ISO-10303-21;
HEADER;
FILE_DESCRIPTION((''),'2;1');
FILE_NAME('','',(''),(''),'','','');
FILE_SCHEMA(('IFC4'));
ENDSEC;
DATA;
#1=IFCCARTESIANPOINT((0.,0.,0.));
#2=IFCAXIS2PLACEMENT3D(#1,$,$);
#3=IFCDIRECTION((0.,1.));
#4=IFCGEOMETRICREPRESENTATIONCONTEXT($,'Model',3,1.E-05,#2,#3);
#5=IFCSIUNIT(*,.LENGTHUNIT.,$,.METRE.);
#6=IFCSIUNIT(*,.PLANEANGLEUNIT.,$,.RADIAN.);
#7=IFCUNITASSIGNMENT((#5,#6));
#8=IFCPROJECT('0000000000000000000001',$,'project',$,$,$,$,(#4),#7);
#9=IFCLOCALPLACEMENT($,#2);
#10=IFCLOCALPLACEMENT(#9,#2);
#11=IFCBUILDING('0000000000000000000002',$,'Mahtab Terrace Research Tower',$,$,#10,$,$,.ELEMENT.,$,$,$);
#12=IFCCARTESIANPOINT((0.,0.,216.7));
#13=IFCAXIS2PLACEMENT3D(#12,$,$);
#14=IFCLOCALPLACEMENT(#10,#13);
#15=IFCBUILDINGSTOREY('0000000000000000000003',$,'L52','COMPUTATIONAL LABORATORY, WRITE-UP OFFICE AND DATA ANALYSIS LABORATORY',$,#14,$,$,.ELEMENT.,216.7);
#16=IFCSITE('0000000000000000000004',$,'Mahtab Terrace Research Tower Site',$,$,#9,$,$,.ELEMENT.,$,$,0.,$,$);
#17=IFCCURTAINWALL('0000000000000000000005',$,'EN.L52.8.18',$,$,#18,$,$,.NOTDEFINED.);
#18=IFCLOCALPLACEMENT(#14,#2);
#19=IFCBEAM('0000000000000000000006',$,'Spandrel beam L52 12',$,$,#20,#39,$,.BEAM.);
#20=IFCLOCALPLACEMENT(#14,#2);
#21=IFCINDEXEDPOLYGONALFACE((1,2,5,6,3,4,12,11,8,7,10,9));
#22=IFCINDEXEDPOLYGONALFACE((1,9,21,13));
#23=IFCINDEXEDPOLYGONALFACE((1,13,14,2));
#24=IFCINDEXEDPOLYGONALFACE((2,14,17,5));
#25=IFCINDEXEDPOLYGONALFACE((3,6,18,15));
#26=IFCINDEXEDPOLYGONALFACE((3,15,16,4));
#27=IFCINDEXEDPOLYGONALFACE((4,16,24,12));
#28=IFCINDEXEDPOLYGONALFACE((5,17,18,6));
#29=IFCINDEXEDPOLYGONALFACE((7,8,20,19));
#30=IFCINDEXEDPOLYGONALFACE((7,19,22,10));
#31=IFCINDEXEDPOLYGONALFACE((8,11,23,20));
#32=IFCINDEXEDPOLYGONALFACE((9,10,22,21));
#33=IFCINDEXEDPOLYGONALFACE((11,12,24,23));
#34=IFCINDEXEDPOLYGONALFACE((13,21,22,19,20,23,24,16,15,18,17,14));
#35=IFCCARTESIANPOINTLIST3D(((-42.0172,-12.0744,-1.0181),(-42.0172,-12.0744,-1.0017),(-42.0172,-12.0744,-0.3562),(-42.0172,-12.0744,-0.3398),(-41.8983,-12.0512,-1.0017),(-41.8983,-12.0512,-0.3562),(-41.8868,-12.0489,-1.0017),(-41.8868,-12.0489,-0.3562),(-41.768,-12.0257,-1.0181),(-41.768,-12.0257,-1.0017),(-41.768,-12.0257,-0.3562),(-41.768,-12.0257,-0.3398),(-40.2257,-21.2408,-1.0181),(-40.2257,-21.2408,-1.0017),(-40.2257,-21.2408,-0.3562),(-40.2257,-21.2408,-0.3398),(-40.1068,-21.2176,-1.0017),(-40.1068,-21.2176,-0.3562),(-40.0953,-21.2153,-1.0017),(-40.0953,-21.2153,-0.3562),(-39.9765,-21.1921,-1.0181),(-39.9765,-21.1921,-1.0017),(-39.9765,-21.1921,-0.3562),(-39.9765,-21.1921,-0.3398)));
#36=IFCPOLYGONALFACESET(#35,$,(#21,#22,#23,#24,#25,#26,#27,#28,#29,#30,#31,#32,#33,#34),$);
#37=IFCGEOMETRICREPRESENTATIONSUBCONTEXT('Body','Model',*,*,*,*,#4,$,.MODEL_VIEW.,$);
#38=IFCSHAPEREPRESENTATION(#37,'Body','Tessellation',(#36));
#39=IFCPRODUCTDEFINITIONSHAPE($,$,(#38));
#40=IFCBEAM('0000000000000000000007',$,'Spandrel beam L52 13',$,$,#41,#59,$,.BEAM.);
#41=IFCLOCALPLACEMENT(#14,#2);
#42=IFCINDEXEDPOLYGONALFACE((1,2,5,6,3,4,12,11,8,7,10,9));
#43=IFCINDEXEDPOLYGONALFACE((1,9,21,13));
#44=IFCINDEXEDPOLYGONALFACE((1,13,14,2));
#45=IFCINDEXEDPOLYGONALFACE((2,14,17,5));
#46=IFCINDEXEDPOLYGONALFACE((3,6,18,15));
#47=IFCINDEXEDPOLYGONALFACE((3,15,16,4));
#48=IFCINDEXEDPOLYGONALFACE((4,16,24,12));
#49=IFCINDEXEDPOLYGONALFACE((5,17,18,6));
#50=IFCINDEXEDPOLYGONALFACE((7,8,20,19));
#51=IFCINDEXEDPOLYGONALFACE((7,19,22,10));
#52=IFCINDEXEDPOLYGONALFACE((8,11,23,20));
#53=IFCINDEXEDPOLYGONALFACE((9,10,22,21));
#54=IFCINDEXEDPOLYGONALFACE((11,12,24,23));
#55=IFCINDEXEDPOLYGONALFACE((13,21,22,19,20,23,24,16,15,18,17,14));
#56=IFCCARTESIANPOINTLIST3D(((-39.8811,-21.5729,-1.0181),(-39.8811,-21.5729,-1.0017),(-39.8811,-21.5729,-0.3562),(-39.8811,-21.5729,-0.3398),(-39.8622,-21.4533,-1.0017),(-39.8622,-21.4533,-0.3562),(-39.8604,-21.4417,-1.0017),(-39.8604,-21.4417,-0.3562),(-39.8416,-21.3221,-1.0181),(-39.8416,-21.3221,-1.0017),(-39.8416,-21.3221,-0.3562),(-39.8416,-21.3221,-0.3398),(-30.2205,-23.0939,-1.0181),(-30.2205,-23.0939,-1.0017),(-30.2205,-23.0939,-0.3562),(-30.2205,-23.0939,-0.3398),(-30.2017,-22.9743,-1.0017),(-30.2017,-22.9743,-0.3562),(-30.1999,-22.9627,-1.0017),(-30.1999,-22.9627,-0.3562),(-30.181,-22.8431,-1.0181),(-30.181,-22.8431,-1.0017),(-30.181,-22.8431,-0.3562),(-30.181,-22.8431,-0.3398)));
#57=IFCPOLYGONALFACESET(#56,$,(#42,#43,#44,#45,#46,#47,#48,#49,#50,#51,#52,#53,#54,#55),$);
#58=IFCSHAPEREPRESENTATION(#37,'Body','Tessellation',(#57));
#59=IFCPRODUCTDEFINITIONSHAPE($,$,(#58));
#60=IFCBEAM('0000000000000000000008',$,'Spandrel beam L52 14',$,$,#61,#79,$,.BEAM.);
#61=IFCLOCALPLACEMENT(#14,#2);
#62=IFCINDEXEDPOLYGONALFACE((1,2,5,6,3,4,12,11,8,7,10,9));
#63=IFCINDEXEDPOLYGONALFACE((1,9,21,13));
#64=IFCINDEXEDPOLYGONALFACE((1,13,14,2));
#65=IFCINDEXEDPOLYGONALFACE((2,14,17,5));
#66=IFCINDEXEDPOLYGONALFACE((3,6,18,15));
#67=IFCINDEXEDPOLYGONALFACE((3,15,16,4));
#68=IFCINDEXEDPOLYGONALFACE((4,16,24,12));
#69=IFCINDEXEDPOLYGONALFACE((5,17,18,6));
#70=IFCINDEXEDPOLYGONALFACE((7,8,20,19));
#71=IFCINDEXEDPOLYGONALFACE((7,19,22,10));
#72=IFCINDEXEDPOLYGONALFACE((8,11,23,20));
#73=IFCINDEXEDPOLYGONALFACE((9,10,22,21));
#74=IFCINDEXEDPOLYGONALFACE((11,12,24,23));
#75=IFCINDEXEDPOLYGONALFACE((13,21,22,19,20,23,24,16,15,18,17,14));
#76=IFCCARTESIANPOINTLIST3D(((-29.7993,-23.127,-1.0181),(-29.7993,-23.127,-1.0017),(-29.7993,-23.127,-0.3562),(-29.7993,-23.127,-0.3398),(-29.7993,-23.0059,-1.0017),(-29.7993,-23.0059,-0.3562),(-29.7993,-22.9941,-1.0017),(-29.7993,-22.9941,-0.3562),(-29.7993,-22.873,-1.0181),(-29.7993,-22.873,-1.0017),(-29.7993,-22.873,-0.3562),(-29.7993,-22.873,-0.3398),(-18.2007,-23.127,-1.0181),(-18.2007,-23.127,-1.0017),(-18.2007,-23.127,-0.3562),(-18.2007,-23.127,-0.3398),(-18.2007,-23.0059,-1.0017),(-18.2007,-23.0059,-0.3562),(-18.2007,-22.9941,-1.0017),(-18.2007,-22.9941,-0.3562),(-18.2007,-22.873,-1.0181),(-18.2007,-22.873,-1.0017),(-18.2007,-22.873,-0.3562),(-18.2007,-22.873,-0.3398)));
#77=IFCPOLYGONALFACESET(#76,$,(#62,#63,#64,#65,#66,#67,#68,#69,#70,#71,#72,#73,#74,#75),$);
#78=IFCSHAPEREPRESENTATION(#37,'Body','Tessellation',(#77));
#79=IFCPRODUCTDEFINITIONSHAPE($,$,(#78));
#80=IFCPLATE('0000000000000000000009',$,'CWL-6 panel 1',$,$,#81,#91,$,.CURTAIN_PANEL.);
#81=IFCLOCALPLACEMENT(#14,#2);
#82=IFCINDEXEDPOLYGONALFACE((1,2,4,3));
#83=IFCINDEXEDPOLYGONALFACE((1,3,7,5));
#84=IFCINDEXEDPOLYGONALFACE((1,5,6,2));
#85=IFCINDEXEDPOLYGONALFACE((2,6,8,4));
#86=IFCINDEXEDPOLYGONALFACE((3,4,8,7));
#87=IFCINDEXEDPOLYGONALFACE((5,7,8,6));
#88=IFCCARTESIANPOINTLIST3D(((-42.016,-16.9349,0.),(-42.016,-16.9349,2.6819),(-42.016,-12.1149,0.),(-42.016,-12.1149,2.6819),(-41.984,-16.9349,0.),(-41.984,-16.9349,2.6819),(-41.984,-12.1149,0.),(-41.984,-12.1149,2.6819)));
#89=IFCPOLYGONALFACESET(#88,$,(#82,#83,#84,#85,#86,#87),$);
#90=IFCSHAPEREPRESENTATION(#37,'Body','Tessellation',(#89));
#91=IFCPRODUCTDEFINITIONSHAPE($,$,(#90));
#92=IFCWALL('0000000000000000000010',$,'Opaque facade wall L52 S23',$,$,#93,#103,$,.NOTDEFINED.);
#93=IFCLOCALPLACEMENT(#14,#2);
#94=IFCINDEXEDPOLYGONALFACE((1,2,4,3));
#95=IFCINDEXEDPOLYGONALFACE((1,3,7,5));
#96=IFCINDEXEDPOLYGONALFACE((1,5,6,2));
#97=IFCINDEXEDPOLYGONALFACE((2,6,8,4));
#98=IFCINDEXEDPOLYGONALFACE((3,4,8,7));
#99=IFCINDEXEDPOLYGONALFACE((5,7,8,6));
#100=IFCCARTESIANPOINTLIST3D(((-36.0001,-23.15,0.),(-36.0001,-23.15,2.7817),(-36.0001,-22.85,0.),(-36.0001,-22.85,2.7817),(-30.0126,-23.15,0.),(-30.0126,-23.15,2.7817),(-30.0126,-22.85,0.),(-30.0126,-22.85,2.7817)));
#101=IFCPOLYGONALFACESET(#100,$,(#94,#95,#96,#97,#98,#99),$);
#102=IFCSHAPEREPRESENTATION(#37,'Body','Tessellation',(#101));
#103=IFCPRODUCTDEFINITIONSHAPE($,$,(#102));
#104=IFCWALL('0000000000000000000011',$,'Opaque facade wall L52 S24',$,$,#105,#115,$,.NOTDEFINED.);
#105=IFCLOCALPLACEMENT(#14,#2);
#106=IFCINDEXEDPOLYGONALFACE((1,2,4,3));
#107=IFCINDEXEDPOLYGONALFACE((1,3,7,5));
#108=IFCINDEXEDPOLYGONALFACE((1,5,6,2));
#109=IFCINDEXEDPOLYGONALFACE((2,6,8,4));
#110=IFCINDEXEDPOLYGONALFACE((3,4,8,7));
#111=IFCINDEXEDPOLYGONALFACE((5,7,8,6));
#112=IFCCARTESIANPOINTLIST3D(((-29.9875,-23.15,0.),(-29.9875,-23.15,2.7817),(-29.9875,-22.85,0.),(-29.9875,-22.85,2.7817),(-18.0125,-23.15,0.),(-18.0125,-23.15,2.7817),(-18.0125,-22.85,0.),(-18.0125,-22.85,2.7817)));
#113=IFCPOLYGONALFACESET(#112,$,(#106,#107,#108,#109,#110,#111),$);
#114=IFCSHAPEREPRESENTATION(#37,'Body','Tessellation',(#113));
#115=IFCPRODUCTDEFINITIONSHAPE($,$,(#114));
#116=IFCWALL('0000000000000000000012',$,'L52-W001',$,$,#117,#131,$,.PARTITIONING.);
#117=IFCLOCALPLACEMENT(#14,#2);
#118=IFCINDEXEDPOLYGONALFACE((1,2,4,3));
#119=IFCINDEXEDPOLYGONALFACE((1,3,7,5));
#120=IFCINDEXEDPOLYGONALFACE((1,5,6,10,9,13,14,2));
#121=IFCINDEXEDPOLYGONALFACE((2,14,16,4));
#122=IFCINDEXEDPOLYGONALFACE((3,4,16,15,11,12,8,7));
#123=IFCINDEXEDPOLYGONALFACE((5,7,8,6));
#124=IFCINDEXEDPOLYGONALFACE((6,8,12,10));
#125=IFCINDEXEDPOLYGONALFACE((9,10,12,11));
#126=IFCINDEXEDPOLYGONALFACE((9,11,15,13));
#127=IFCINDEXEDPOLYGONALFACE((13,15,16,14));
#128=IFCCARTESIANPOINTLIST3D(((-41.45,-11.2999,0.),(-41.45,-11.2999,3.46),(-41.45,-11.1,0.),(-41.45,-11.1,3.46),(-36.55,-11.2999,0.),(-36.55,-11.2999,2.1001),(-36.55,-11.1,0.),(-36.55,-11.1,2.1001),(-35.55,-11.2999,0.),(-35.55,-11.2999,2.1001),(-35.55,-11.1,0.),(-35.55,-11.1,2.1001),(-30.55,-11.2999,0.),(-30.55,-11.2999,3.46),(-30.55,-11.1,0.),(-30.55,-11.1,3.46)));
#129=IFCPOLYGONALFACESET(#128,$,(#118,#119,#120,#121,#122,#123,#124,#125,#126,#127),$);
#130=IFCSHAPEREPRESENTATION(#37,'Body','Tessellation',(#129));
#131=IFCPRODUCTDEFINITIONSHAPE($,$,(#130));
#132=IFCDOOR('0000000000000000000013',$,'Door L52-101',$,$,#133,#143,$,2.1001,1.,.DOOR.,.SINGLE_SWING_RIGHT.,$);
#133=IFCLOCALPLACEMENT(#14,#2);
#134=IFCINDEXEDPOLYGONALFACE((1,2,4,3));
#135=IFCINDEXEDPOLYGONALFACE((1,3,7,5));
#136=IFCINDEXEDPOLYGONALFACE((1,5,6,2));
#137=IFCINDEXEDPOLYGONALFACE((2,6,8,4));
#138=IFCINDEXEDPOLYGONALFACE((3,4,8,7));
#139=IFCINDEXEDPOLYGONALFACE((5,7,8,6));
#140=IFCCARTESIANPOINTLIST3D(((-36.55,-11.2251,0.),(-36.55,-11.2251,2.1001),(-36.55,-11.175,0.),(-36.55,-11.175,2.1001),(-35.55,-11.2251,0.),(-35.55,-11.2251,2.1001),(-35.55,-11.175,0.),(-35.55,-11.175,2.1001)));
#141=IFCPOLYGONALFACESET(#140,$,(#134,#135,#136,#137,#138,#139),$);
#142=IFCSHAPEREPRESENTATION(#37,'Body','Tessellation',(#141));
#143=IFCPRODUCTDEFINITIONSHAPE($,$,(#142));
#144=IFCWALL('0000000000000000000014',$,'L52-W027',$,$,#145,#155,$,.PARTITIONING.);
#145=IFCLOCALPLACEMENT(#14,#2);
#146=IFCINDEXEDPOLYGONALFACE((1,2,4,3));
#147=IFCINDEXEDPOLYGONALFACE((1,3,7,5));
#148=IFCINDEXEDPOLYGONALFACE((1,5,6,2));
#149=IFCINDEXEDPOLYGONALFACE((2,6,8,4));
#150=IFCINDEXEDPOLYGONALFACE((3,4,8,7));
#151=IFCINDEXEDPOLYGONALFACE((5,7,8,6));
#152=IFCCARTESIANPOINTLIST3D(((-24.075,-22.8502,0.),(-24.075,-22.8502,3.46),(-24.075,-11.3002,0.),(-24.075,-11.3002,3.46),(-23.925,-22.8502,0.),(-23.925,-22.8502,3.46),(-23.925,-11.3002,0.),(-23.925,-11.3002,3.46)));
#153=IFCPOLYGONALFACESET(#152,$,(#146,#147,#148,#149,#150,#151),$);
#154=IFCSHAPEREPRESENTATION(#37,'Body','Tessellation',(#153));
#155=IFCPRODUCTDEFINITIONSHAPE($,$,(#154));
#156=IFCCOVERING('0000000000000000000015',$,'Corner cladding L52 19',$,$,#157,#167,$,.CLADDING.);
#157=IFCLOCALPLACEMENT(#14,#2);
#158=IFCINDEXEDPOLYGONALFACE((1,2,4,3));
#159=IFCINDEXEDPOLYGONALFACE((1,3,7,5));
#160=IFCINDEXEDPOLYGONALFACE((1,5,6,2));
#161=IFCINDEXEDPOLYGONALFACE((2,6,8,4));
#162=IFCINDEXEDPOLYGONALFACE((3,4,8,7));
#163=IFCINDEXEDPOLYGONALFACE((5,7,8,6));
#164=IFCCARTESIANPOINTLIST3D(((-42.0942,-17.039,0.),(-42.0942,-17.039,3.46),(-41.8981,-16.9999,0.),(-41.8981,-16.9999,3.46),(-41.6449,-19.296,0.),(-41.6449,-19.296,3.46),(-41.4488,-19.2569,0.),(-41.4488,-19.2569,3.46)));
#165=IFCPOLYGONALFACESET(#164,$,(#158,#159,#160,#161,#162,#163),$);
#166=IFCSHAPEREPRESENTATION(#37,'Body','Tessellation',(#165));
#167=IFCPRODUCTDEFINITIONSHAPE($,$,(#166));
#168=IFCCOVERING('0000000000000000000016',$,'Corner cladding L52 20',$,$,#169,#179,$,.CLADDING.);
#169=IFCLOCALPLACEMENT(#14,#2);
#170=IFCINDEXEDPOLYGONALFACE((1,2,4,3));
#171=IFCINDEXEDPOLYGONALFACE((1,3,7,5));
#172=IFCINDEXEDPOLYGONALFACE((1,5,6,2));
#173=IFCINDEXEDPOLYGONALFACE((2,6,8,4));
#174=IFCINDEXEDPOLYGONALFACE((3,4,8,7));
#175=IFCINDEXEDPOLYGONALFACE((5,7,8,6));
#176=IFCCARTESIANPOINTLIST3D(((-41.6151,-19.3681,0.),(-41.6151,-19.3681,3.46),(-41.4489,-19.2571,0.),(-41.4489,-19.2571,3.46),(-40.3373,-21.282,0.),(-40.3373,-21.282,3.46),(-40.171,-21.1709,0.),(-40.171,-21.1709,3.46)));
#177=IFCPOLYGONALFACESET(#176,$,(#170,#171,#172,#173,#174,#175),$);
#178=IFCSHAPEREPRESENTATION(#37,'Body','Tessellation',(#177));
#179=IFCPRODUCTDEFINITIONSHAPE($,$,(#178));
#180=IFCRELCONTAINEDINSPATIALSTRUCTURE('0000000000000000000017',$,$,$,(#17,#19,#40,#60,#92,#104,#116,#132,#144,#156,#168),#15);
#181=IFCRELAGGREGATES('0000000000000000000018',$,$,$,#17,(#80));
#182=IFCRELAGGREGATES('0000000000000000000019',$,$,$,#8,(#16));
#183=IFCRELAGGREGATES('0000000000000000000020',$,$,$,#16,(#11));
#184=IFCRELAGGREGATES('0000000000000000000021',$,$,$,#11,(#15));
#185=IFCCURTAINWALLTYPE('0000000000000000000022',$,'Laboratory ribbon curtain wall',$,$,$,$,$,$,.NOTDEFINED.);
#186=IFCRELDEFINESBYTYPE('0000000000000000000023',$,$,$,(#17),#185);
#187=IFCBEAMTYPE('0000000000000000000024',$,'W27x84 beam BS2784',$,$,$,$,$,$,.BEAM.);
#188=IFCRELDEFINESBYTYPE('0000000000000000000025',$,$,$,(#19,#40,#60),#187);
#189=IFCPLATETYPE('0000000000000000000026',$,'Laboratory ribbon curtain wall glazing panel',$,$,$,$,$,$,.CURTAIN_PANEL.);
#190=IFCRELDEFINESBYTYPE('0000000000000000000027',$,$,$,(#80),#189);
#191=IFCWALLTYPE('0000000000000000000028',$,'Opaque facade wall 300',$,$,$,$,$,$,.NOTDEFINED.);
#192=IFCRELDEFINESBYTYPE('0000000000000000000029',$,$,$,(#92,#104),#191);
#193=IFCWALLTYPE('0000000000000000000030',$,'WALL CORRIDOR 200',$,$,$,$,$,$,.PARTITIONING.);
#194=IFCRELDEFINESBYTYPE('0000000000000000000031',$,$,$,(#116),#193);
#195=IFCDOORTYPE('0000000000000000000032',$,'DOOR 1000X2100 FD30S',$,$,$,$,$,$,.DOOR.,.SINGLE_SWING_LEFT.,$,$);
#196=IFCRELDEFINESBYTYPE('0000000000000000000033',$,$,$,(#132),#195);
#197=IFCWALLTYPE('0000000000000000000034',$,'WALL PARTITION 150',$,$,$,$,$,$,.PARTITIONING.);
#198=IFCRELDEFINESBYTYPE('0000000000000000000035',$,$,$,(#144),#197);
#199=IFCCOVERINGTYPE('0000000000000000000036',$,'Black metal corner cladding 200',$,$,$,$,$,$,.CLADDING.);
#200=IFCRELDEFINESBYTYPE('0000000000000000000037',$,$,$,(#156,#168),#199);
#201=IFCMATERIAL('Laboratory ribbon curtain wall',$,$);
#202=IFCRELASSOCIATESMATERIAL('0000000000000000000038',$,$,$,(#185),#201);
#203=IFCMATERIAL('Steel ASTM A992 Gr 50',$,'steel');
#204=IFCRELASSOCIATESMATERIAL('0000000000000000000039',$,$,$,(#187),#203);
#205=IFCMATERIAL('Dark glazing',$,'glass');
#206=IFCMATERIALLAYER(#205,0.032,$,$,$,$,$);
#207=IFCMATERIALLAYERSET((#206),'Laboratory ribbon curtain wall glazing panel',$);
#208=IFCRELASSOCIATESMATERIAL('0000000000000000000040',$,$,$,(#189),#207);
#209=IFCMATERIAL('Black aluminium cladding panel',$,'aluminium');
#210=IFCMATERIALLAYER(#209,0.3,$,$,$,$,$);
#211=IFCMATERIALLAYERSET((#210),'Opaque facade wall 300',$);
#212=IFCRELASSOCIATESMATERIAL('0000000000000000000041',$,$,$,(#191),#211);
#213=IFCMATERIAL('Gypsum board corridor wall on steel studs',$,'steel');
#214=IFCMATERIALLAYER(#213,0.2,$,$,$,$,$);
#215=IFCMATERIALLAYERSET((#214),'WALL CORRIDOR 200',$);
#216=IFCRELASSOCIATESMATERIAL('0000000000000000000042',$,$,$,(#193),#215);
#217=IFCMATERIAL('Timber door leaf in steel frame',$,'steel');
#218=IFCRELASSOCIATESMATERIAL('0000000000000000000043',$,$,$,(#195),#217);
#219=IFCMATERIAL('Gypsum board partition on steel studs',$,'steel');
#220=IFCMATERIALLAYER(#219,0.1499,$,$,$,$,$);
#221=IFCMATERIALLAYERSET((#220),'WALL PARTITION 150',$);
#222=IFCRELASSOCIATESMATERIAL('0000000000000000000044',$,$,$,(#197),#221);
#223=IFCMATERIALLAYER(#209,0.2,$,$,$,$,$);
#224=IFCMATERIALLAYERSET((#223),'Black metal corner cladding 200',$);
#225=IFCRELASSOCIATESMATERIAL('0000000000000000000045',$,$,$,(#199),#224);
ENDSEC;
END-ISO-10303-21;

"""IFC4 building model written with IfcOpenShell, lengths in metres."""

from ifc_helpers import new_model, si_unit, direction, frame, frame_2d, origin, origin_2d, place, context, subcontext, project, spatial, rectangle, i_section, extrude, material, layer, layer_set, material_profile, profile_set, type_object, element, fill, aggregate, save


model = new_model("IFC4")

# Units and contexts
model_context = context("Model", 3, precision=1e-05, world=origin(), true_north=direction((0.0, 1.0)))
body_context = subcontext(model_context, "Body", "Model", "MODEL_VIEW")
ifc_project = project(units=[si_unit("LENGTHUNIT", "METRE"), si_unit("PLANEANGLEUNIT", "RADIAN")], contexts=[model_context])

# Site, building, storey
site_placement = place(None, origin())
site = spatial("IfcSite", under=ifc_project, at=site_placement, Name="Mahtab Terrace Research Tower Site", CompositionType="ELEMENT", RefElevation=0.0)
building_placement = place(site_placement, origin())
building = spatial("IfcBuilding", under=site, at=building_placement, Name="Mahtab Terrace Research Tower", CompositionType="ELEMENT")
storey_placement = place(building_placement, frame((0.0, 0.0, 216.7)))
storey = spatial("IfcBuildingStorey", under=building, at=storey_placement, Name="L52", Description="COMPUTATIONAL LABORATORY, WRITE-UP OFFICE AND DATA ANALYSIS LABORATORY", CompositionType="ELEMENT", Elevation=216.7)

# Shared definitions
ifc_material_1 = material(Name="Steel ASTM A992 Gr 50", Category="steel")

# Curtain wall
ifc_material_2 = material(Name="Laboratory ribbon curtain wall")
curtain_wall_type = type_object("IfcCurtainWallType", Name="Laboratory ribbon curtain wall", PredefinedType="NOTDEFINED", material=ifc_material_2)
curtain_wall_placement = place(storey_placement, origin())
curtain_wall = element("IfcCurtainWall", 1, at=curtain_wall_placement, inside=storey, type_object=curtain_wall_type, Name="EN.L52.8.18", PredefinedType="NOTDEFINED")

# Beams
ifc_material_profile_1 = material_profile(ifc_material_1, i_section(OverallWidth=0.2539, OverallDepth=0.6782, WebThickness=0.0117, FlangeThickness=0.0164, at=origin_2d()), Name="W27X84")
ifc_profile_set_1 = profile_set([ifc_material_profile_1], Name="Steel ASTM A992 Gr 50")
beam_type = type_object("IfcBeamType", Name="W27x84 beam BS2784", PredefinedType="BEAM", material=ifc_profile_set_1)
beam_1_placement = place(storey_placement, frame((-41.8926, -12.05, -0.679), z_axis=(0.191811, -0.981432, 0.0), x_axis=(0.981432, 0.191811, 0.0)))
element("IfcBeam", 2, at=beam_1_placement, inside=storey, type_object=beam_type, Name="Spandrel beam L52 12", PredefinedType="BEAM", context=body_context, shape_type="SweptSolid", body=[
    extrude(i_section(OverallWidth=0.2539, OverallDepth=0.6782, WebThickness=0.0117, FlangeThickness=0.0164, at=origin_2d()), origin(), (0.0, 0.0, 1.0), 9.3398),
])
beam_2_placement = place(storey_placement, frame((-39.8613, -21.4475, -0.679), z_axis=(0.987832, -0.155527, 0.0), x_axis=(0.155527, 0.987832, 0.0)))
element("IfcBeam", 3, at=beam_2_placement, inside=storey, type_object=beam_type, Name="Spandrel beam L52 13", PredefinedType="BEAM", context=body_context, shape_type="SweptSolid", body=[
    extrude(i_section(OverallWidth=0.2539, OverallDepth=0.6782, WebThickness=0.0117, FlangeThickness=0.0164, at=origin_2d()), origin(), (0.0, 0.0, 1.0), 9.7795),
])
beam_3_placement = place(storey_placement, frame((-29.7993, -23.0, -0.679), z_axis=(1.0, 0.0, 0.0), x_axis=(0.0, 1.0, 0.0)))
element("IfcBeam", 4, at=beam_3_placement, inside=storey, type_object=beam_type, Name="Spandrel beam L52 14", PredefinedType="BEAM", context=body_context, shape_type="SweptSolid", body=[
    extrude(i_section(OverallWidth=0.2539, OverallDepth=0.6782, WebThickness=0.0117, FlangeThickness=0.0164, at=origin_2d()), origin(), (0.0, 0.0, 1.0), 11.5986),
])

# Plate
ifc_material_3 = material(Name="Dark glazing", Category="glass")
ifc_layer_1 = layer(ifc_material_3, 0.032)
ifc_layer_set_1 = layer_set([ifc_layer_1], Name="Laboratory ribbon curtain wall glazing panel")
plate_type = type_object("IfcPlateType", Name="Laboratory ribbon curtain wall glazing panel", PredefinedType="CURTAIN_PANEL", material=ifc_layer_set_1)
plate_placement = place(storey_placement, frame((-42.0, -14.5249, 0.0), z_axis=(0.0, 0.0, 1.0), x_axis=(0.0, -1.0, 0.0)))
plate = element("IfcPlate", 5, at=plate_placement, type_object=plate_type, Name="CWL-6 panel 1", PredefinedType="CURTAIN_PANEL", context=body_context, shape_type="SweptSolid", body=[
    extrude(rectangle(XDim=4.8201, YDim=0.032, at=origin_2d()), origin(), (0.0, 0.0, 1.0), 2.6819),
])
aggregate(curtain_wall, [plate])

# Walls
ifc_material_4 = material(Name="Black aluminium cladding panel", Category="aluminium")
ifc_layer_2 = layer(ifc_material_4, 0.3)
ifc_layer_set_2 = layer_set([ifc_layer_2], Name="Opaque facade wall 300")
wall_type_1 = type_object("IfcWallType", Name="Opaque facade wall 300", PredefinedType="NOTDEFINED", material=ifc_layer_set_2)
wall_1_placement = place(storey_placement, frame((-36.0, -23.0, 0.0), z_axis=(0.0, 0.0, 1.0), x_axis=(1.0, 0.0, 0.0)))
element("IfcWall", 6, at=wall_1_placement, inside=storey, type_object=wall_type_1, Name="Opaque facade wall L52 S23", PredefinedType="NOTDEFINED", context=body_context, shape_type="SweptSolid", body=[
    extrude(rectangle(XDim=5.9875, YDim=0.3, at=frame_2d((2.9937, 0.0))), origin(), (0.0, 0.0, 1.0), 2.7817),
])
wall_2_placement = place(storey_placement, frame((-29.9875, -23.0, 0.0), z_axis=(0.0, 0.0, 1.0), x_axis=(1.0, 0.0, 0.0)))
element("IfcWall", 7, at=wall_2_placement, inside=storey, type_object=wall_type_1, Name="Opaque facade wall L52 S24", PredefinedType="NOTDEFINED", context=body_context, shape_type="SweptSolid", body=[
    extrude(rectangle(XDim=11.9751, YDim=0.3, at=frame_2d((5.9875, 0.0))), origin(), (0.0, 0.0, 1.0), 2.7817),
])

# Wall, opening, door
ifc_material_5 = material(Name="Gypsum board corridor wall on steel studs", Category="steel")
ifc_layer_3 = layer(ifc_material_5, 0.2)
ifc_layer_set_3 = layer_set([ifc_layer_3], Name="WALL CORRIDOR 200")
wall_type_2 = type_object("IfcWallType", Name="WALL CORRIDOR 200", PredefinedType="PARTITIONING", material=ifc_layer_set_3)
wall_3_placement = place(storey_placement, frame((-41.45, -11.2, 0.0), z_axis=(0.0, 0.0, 1.0), x_axis=(1.0, 0.0, 0.0)))
wall_3 = element("IfcWall", 8, at=wall_3_placement, inside=storey, type_object=wall_type_2, Name="L52-W001", PredefinedType="PARTITIONING", context=body_context, shape_type="SweptSolid", body=[
    extrude(rectangle(XDim=10.8999, YDim=0.2, at=frame_2d((5.45, 0.0))), origin(), (0.0, 0.0, 1.0), 3.46),
])
opening_placement = place(wall_3_placement, frame((4.8999, 0.0, 0.0)))
opening = element("IfcOpeningElement", 9, at=opening_placement, cuts=wall_3, PredefinedType="OPENING", context=body_context, shape_type="SweptSolid", body=[
    extrude(rectangle(XDim=1.0, YDim=2.1001, at=frame_2d((0.5, 1.05))), frame((0.0, 0.1099, 0.0), z_axis=(0.0, -1.0, 0.0), x_axis=(1.0, 0.0, 0.0)), (0.0, 0.0, 1.0), 0.22),
])
ifc_material_6 = material(Name="Timber door leaf in steel frame", Category="steel")
door_type = type_object("IfcDoorType", Name="DOOR 1000X2100 FD30S", OperationType="SINGLE_SWING_LEFT", PredefinedType="DOOR", material=ifc_material_6)
door_placement = place(opening_placement, origin())
door = element("IfcDoor", 10, at=door_placement, inside=storey, type_object=door_type, Name="Door L52-101", OperationType="SINGLE_SWING_RIGHT", OverallHeight=2.1001, OverallWidth=1.0, PredefinedType="DOOR", context=body_context, shape_type="SweptSolid", body=[
    extrude(rectangle(XDim=1.0, YDim=2.1001, at=frame_2d((0.5, 1.05))), frame((0.0, 0.0249, 0.0), z_axis=(0.0, -1.0, 0.0), x_axis=(1.0, 0.0, 0.0)), (0.0, 0.0, 1.0), 0.05),
])
fill(opening, door)

# Wall
ifc_material_7 = material(Name="Gypsum board partition on steel studs", Category="steel")
ifc_layer_4 = layer(ifc_material_7, 0.1499)
ifc_layer_set_4 = layer_set([ifc_layer_4], Name="WALL PARTITION 150")
wall_type_3 = type_object("IfcWallType", Name="WALL PARTITION 150", PredefinedType="PARTITIONING", material=ifc_layer_set_4)
wall_4_placement = place(storey_placement, frame((-24.0, -22.8501, 0.0), z_axis=(0.0, 0.0, 1.0), x_axis=(0.0, 1.0, 0.0)))
element("IfcWall", 11, at=wall_4_placement, inside=storey, type_object=wall_type_3, Name="L52-W027", PredefinedType="PARTITIONING", context=body_context, shape_type="SweptSolid", body=[
    extrude(rectangle(XDim=11.55, YDim=0.1499, at=frame_2d((5.7749, 0.0))), origin(), (0.0, 0.0, 1.0), 3.46),
])

# Coverings
ifc_layer_5 = layer(ifc_material_4, 0.2)
ifc_layer_set_5 = layer_set([ifc_layer_5], Name="Black metal corner cladding 200")
covering_type = type_object("IfcCoveringType", Name="Black metal corner cladding 200", PredefinedType="CLADDING", material=ifc_layer_set_5)
for number, where, z_axis, x_axis, name in (
    (12, (-41.7715, -18.1479, 0.0), (0.0, 0.0, 1.0), (0.195212, -0.980761, 0.0), "Corner cladding L52 19"),
    (13, (-40.8931, -20.2695, 0.0), (0.0, 0.0, 1.0), (0.555291, -0.831656, 0.0), "Corner cladding L52 20"),
):
    element("IfcCovering", number, at=place(storey_placement, frame(where, z_axis=z_axis, x_axis=x_axis)), inside=storey, type_object=covering_type, Name=name, PredefinedType="CLADDING", context=body_context, shape_type="SweptSolid", body=[
        extrude(rectangle(XDim=2.3013, YDim=0.2, at=origin_2d()), origin(), (0.0, 0.0, 1.0), 3.46),
    ])

save(model, "model.ifc")
